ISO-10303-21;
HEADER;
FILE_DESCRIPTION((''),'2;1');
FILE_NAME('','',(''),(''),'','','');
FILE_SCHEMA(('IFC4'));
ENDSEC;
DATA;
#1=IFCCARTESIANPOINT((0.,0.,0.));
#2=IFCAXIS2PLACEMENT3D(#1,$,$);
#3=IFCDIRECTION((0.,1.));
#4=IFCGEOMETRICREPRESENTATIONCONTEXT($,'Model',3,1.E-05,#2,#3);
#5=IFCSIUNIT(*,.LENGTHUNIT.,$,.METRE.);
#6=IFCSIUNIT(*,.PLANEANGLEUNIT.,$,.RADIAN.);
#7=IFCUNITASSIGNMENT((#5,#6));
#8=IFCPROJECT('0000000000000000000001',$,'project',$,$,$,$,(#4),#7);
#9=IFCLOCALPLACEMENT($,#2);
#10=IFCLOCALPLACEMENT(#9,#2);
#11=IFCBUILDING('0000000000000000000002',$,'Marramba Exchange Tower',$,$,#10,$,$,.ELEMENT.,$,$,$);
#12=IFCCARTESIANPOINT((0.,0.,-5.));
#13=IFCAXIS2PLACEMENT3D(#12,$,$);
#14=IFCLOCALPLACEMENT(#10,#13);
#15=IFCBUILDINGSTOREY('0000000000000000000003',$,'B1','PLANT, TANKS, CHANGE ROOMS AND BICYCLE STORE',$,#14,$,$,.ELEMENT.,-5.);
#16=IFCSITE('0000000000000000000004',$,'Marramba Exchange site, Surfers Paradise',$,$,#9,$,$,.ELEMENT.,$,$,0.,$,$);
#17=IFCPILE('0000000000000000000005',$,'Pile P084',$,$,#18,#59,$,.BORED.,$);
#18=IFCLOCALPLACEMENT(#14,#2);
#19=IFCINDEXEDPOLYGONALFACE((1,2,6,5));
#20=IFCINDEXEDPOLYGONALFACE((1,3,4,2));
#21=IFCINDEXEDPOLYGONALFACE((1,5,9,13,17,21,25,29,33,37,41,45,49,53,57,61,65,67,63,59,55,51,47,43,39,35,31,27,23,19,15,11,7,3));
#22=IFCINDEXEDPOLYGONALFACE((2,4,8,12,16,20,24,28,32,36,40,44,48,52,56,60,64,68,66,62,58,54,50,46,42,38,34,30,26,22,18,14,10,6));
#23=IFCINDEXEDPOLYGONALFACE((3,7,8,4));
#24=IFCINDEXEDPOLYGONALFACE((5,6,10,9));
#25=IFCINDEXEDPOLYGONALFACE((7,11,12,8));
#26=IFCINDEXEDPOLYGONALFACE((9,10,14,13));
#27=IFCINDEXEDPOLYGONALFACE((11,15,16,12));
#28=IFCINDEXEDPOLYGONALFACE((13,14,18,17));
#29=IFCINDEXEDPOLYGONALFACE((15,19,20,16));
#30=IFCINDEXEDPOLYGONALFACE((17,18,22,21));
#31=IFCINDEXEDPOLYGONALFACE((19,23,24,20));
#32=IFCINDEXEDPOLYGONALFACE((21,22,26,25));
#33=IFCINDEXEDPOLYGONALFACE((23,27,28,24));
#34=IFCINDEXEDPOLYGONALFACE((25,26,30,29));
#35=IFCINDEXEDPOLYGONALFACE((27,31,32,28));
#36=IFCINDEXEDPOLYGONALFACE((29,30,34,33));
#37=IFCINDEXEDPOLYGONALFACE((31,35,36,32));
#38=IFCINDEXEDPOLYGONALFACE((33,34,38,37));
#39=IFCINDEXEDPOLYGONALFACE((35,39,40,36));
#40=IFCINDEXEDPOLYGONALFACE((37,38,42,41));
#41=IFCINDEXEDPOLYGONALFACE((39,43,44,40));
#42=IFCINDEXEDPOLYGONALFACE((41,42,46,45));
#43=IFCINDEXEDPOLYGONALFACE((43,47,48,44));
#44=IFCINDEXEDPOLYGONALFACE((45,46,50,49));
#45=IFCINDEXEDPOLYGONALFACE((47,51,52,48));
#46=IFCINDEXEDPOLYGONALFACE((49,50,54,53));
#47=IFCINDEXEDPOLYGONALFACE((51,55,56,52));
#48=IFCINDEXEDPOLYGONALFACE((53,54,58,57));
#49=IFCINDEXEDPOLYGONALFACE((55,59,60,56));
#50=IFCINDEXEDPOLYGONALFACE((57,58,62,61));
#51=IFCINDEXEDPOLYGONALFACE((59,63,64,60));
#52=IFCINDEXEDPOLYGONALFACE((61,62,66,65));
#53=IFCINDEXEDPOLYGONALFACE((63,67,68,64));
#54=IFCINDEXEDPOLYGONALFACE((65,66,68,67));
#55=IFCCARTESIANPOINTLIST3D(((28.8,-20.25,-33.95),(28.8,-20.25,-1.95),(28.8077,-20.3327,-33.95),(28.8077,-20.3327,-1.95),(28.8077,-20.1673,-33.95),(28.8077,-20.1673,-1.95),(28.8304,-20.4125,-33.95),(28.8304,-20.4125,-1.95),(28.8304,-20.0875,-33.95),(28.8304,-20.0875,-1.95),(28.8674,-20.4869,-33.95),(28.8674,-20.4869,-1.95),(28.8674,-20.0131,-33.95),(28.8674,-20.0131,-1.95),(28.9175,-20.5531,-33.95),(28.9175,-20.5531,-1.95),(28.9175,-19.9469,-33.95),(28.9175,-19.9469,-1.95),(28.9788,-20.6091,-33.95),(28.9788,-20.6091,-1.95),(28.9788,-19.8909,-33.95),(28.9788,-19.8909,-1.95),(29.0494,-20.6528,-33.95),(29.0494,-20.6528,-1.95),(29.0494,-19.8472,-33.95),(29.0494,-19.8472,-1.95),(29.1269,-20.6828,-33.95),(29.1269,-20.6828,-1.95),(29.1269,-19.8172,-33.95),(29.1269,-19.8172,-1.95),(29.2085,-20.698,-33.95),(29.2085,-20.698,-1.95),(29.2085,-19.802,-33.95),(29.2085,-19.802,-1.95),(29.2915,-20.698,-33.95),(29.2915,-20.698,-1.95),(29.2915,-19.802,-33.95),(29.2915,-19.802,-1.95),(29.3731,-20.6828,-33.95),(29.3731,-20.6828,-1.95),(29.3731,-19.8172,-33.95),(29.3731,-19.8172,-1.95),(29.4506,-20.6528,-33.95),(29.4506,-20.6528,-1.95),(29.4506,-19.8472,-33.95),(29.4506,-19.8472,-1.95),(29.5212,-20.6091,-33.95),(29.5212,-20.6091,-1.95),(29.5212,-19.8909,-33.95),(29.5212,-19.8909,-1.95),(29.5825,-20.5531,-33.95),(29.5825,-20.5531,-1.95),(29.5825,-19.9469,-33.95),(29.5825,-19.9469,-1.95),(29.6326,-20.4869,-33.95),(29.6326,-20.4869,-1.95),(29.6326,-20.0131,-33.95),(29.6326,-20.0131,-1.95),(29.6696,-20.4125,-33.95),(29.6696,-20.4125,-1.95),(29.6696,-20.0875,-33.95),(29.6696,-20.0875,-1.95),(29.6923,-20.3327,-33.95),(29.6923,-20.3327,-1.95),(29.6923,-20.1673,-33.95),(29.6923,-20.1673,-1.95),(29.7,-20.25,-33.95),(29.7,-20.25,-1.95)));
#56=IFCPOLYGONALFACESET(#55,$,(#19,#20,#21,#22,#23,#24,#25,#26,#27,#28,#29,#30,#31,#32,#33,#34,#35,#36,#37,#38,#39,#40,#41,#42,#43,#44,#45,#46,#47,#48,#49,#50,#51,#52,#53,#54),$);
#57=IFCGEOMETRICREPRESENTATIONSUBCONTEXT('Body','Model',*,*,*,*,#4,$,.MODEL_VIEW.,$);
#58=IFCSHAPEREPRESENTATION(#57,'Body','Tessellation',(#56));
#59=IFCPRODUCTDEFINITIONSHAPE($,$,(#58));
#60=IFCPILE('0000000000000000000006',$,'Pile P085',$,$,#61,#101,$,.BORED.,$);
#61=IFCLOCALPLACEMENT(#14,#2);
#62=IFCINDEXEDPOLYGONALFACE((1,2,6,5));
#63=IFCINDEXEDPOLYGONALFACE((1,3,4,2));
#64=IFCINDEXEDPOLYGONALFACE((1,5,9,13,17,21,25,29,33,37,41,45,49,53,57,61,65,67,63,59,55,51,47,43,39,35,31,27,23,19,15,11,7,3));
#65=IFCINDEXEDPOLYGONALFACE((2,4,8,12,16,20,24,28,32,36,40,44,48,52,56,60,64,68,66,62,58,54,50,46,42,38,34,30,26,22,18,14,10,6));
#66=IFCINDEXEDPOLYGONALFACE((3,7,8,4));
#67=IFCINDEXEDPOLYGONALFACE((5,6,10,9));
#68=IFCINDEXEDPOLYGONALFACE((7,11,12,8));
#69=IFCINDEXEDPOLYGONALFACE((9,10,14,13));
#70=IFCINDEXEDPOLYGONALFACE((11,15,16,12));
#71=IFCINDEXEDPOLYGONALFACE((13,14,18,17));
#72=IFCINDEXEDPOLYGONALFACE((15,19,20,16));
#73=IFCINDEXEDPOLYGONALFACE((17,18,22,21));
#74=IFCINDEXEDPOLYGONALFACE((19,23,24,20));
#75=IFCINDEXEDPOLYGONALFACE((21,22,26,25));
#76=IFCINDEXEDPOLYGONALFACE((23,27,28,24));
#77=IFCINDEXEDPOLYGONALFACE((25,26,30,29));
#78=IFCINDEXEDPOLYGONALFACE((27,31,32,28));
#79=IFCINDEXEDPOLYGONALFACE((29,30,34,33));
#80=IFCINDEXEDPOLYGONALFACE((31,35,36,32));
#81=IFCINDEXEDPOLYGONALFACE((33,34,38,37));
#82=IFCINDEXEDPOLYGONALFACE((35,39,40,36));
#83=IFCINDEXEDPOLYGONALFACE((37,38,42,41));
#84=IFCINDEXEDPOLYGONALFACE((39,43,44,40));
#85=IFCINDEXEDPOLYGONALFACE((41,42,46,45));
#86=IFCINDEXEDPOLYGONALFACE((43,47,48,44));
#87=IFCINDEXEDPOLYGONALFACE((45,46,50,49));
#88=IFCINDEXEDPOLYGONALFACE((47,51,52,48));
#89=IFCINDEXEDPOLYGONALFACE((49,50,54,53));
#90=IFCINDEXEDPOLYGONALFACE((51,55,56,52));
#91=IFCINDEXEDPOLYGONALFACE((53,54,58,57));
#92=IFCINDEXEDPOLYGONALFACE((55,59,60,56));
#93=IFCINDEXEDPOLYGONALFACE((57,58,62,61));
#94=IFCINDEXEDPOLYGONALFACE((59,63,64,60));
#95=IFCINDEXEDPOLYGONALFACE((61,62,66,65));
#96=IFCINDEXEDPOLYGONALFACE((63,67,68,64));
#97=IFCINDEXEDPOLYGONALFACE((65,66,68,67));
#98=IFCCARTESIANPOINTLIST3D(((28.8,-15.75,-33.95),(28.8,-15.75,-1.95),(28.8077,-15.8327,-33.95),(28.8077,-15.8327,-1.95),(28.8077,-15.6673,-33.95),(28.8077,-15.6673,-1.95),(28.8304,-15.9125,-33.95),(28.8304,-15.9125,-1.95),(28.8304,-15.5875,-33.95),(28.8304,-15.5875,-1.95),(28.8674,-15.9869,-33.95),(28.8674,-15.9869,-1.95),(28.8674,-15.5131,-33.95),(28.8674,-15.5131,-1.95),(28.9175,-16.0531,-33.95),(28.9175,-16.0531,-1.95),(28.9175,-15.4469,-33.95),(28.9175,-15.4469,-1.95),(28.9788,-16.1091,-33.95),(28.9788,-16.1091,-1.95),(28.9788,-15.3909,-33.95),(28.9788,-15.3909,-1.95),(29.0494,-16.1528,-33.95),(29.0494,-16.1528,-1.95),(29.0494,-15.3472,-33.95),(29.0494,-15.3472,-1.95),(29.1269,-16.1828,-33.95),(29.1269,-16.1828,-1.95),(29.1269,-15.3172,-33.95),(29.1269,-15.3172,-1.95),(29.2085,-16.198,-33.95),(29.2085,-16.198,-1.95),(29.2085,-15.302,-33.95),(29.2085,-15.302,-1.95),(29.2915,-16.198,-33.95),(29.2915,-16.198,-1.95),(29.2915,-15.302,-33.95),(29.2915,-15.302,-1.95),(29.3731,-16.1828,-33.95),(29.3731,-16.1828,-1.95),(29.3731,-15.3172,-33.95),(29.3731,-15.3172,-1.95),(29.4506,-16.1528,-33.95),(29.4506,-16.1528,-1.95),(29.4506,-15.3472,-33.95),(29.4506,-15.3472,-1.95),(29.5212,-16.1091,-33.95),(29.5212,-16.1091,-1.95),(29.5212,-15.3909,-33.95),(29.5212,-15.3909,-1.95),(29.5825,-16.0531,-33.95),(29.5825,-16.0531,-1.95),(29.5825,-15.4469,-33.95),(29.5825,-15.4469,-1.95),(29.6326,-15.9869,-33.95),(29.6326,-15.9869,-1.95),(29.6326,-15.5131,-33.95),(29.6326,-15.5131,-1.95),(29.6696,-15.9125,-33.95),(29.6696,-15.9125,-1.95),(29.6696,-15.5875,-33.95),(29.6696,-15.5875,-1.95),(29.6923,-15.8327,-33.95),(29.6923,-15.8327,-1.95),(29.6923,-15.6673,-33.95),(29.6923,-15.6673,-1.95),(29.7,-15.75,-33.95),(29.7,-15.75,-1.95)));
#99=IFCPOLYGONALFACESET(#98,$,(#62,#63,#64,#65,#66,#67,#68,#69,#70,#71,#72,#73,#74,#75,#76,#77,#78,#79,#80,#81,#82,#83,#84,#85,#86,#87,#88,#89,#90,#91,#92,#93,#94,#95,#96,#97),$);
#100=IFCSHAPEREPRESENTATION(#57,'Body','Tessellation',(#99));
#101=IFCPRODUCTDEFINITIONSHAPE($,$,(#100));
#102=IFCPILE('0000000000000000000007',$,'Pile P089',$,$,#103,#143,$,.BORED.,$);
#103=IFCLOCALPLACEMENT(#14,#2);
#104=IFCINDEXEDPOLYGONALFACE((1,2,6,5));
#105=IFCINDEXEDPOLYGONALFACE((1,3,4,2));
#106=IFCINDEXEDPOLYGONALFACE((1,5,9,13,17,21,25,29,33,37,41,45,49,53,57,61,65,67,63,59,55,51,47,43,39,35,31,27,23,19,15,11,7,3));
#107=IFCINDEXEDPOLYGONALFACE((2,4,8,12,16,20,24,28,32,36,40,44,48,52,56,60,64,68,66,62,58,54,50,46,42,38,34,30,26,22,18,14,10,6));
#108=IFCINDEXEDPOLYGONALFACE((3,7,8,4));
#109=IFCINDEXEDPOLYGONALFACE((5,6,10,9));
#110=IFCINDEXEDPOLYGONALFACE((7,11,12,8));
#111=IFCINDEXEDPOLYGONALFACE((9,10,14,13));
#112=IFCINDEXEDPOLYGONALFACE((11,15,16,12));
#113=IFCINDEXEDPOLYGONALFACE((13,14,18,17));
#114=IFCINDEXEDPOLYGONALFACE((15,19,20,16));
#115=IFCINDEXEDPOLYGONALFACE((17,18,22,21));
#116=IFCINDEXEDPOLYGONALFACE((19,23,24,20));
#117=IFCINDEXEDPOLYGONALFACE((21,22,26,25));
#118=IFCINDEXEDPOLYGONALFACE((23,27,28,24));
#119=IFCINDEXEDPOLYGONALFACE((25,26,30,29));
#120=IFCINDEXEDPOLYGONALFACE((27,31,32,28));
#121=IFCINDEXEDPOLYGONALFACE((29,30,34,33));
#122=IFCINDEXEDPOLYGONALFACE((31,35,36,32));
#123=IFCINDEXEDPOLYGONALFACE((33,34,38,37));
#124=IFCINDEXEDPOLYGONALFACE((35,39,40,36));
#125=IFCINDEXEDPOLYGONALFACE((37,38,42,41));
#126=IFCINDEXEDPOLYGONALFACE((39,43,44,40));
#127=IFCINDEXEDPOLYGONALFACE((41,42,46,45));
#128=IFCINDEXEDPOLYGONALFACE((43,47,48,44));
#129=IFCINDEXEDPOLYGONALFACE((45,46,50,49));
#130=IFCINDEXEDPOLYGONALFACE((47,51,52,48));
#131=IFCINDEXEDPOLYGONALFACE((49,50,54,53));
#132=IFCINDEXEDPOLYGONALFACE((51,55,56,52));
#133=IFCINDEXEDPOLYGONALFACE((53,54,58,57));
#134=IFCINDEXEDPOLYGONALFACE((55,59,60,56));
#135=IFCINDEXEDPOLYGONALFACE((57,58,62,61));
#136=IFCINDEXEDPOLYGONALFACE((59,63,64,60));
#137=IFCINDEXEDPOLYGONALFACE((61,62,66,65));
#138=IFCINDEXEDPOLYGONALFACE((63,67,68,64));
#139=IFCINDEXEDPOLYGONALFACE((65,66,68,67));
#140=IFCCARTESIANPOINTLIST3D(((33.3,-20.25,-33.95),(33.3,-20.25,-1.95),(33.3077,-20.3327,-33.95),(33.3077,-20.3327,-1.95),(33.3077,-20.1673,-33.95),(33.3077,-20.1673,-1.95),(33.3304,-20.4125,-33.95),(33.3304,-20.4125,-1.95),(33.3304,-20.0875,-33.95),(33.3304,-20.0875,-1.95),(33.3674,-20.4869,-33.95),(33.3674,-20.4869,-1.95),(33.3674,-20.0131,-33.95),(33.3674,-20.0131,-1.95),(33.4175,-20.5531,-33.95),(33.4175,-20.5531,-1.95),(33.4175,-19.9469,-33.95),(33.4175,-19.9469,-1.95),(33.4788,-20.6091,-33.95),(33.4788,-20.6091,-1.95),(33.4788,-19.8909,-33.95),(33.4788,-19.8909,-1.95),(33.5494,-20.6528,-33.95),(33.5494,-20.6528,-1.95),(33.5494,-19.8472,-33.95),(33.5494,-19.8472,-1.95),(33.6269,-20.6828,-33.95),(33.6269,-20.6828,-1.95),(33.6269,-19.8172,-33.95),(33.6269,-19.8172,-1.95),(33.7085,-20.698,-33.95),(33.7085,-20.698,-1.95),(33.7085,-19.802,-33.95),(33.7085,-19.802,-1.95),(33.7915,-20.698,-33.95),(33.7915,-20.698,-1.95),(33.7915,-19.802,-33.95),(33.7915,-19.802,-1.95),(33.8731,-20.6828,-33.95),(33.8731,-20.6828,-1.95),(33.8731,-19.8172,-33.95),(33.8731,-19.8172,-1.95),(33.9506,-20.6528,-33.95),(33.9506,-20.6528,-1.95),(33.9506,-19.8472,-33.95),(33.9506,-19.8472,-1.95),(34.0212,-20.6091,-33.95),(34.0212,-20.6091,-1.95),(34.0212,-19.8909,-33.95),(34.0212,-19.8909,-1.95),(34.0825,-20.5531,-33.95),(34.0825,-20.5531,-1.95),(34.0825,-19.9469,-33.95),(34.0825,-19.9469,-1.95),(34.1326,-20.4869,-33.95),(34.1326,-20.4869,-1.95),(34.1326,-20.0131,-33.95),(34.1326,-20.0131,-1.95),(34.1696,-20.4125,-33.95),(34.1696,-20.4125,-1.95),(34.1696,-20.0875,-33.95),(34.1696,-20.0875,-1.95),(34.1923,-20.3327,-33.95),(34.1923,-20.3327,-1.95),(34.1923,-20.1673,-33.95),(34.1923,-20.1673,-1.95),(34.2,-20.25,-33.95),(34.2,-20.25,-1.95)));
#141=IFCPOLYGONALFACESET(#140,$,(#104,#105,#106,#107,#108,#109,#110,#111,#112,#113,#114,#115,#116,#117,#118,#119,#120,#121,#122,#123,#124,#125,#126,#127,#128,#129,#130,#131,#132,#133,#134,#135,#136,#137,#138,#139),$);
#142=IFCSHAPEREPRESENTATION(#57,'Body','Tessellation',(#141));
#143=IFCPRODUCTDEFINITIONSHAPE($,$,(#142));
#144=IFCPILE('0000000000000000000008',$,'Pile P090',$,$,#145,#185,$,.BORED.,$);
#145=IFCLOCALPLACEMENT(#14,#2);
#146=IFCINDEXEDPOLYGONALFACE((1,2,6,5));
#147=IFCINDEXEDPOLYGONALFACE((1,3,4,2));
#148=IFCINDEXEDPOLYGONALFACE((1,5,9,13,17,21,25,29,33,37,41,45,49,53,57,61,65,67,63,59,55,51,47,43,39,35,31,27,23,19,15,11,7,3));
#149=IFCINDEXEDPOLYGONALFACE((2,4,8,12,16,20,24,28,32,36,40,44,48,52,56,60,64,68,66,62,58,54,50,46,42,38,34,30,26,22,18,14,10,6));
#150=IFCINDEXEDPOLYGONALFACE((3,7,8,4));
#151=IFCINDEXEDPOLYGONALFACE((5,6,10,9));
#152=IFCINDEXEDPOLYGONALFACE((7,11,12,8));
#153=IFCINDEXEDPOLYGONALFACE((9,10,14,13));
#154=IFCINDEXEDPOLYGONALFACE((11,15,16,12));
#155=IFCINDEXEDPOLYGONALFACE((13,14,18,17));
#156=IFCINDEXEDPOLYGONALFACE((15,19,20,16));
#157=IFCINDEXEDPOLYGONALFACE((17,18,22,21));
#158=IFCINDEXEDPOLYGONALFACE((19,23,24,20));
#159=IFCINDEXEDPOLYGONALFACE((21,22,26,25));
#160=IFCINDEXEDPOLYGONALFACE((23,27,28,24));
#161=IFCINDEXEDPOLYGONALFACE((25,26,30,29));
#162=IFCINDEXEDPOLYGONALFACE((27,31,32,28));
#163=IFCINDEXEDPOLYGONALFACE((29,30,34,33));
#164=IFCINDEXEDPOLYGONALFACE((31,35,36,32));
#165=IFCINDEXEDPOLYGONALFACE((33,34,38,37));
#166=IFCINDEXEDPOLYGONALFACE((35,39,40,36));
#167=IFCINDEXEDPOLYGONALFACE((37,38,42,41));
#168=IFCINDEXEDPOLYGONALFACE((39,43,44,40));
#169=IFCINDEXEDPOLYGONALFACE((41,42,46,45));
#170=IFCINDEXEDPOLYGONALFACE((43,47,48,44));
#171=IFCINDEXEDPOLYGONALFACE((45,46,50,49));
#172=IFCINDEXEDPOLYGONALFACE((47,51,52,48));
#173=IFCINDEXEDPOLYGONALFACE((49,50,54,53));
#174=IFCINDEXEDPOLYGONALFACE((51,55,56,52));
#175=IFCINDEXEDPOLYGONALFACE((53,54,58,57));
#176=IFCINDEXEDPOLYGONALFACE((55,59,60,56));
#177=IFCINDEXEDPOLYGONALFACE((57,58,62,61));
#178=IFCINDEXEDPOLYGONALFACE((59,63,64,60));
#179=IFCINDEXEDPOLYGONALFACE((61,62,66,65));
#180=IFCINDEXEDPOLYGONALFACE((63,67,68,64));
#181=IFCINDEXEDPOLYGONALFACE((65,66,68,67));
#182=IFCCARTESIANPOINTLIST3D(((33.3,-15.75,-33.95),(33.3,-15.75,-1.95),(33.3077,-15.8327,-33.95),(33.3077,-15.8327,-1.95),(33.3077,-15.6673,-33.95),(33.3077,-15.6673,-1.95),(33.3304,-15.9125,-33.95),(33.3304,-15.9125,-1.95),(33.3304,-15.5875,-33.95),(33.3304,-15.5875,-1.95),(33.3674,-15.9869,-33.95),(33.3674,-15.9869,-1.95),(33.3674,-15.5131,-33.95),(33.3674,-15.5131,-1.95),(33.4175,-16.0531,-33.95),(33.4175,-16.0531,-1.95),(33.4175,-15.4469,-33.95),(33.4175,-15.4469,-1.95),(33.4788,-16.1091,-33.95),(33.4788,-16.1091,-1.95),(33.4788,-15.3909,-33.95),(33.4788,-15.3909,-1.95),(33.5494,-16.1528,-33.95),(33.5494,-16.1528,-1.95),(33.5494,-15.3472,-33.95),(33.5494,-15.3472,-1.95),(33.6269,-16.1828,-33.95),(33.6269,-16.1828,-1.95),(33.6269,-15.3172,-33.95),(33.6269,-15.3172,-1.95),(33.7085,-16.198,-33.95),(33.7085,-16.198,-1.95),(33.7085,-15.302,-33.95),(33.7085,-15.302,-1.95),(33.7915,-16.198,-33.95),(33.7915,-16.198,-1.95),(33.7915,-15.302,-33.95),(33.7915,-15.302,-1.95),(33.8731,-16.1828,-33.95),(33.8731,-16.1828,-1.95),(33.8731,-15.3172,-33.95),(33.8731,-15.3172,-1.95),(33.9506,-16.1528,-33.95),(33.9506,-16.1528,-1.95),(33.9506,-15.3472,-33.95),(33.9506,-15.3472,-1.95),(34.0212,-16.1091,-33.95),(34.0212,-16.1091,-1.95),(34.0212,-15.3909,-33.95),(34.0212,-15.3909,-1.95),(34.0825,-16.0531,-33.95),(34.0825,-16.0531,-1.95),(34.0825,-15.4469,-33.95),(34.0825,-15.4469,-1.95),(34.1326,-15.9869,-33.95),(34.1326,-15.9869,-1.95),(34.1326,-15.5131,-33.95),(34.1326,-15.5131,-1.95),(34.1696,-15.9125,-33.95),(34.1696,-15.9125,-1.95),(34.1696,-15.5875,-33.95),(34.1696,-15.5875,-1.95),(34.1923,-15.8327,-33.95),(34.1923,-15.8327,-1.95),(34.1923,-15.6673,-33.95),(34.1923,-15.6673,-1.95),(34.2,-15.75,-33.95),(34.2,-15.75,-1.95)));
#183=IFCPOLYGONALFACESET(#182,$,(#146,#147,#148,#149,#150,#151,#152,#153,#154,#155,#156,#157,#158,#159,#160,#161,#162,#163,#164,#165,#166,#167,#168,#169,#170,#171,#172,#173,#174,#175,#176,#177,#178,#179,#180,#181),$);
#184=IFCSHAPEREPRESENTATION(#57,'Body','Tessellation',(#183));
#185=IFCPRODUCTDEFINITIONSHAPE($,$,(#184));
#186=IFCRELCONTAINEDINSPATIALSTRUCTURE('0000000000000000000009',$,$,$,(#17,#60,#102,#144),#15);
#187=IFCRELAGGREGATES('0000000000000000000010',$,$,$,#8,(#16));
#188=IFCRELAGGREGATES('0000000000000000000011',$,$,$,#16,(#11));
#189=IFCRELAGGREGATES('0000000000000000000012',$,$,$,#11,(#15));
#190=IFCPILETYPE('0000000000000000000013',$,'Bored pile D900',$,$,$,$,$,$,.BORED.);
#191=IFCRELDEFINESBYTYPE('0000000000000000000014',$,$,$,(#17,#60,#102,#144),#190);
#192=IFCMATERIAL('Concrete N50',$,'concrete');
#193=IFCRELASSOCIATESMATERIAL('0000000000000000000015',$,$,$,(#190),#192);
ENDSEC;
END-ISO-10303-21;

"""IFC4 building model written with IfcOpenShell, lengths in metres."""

from ifc_helpers import new_model, si_unit, direction, frame, origin, origin_2d, place, context, subcontext, project, spatial, circle, extrude, material, material_profile, profile_set, type_object, element, save


model = new_model("IFC4")

# Units and contexts
model_context = context("Model", 3, precision=1e-05, world=origin(), true_north=direction((0.0, 1.0)))
body_context = subcontext(model_context, "Body", "Model", "MODEL_VIEW")
ifc_project = project(units=[si_unit("LENGTHUNIT", "METRE"), si_unit("PLANEANGLEUNIT", "RADIAN")], contexts=[model_context])

# Site, building, storey
site_placement = place(None, origin())
site = spatial("IfcSite", under=ifc_project, at=site_placement, Name="Marramba Exchange site, Surfers Paradise", CompositionType="ELEMENT", RefElevation=0.0)
building_placement = place(site_placement, origin())
building = spatial("IfcBuilding", under=site, at=building_placement, Name="Marramba Exchange Tower", CompositionType="ELEMENT")
storey_placement = place(building_placement, frame((0.0, 0.0, -5.0)))
storey = spatial("IfcBuildingStorey", under=building, at=storey_placement, Name="B1", Description="PLANT, TANKS, CHANGE ROOMS AND BICYCLE STORE", CompositionType="ELEMENT", Elevation=-5.0)

# Piles
ifc_material_1 = material(Name="Concrete N50", Category="concrete")
ifc_material_profile_1 = material_profile(ifc_material_1, circle(Radius=0.45, at=origin_2d()), Name="BP D900")
ifc_profile_set_1 = profile_set([ifc_material_profile_1], Name="Concrete N50")
pile_type = type_object("IfcPileType", Name="Bored pile D900", PredefinedType="BORED", material=ifc_profile_set_1)
for number, where, z_axis, x_axis, name in (
    (1, (29.25, -20.25, -1.95), (0.0, 0.0, -1.0), (1.0, 0.0, 0.0), "Pile P084"),
    (2, (29.25, -15.75, -1.95), (0.0, 0.0, -1.0), (1.0, 0.0, 0.0), "Pile P085"),
    (3, (33.75, -20.25, -1.95), (0.0, 0.0, -1.0), (1.0, 0.0, 0.0), "Pile P089"),
    (4, (33.75, -15.75, -1.95), (0.0, 0.0, -1.0), (1.0, 0.0, 0.0), "Pile P090"),
):
    element("IfcPile", number, at=place(storey_placement, frame(where, z_axis=z_axis, x_axis=x_axis)), inside=storey, type_object=pile_type, Name=name, PredefinedType="BORED", context=body_context, shape_type="SweptSolid", body=[
        extrude(circle(Radius=0.45, at=origin_2d()), origin(), (0.0, 0.0, 1.0), 32.0),
    ])

save(model, "model.ifc")
